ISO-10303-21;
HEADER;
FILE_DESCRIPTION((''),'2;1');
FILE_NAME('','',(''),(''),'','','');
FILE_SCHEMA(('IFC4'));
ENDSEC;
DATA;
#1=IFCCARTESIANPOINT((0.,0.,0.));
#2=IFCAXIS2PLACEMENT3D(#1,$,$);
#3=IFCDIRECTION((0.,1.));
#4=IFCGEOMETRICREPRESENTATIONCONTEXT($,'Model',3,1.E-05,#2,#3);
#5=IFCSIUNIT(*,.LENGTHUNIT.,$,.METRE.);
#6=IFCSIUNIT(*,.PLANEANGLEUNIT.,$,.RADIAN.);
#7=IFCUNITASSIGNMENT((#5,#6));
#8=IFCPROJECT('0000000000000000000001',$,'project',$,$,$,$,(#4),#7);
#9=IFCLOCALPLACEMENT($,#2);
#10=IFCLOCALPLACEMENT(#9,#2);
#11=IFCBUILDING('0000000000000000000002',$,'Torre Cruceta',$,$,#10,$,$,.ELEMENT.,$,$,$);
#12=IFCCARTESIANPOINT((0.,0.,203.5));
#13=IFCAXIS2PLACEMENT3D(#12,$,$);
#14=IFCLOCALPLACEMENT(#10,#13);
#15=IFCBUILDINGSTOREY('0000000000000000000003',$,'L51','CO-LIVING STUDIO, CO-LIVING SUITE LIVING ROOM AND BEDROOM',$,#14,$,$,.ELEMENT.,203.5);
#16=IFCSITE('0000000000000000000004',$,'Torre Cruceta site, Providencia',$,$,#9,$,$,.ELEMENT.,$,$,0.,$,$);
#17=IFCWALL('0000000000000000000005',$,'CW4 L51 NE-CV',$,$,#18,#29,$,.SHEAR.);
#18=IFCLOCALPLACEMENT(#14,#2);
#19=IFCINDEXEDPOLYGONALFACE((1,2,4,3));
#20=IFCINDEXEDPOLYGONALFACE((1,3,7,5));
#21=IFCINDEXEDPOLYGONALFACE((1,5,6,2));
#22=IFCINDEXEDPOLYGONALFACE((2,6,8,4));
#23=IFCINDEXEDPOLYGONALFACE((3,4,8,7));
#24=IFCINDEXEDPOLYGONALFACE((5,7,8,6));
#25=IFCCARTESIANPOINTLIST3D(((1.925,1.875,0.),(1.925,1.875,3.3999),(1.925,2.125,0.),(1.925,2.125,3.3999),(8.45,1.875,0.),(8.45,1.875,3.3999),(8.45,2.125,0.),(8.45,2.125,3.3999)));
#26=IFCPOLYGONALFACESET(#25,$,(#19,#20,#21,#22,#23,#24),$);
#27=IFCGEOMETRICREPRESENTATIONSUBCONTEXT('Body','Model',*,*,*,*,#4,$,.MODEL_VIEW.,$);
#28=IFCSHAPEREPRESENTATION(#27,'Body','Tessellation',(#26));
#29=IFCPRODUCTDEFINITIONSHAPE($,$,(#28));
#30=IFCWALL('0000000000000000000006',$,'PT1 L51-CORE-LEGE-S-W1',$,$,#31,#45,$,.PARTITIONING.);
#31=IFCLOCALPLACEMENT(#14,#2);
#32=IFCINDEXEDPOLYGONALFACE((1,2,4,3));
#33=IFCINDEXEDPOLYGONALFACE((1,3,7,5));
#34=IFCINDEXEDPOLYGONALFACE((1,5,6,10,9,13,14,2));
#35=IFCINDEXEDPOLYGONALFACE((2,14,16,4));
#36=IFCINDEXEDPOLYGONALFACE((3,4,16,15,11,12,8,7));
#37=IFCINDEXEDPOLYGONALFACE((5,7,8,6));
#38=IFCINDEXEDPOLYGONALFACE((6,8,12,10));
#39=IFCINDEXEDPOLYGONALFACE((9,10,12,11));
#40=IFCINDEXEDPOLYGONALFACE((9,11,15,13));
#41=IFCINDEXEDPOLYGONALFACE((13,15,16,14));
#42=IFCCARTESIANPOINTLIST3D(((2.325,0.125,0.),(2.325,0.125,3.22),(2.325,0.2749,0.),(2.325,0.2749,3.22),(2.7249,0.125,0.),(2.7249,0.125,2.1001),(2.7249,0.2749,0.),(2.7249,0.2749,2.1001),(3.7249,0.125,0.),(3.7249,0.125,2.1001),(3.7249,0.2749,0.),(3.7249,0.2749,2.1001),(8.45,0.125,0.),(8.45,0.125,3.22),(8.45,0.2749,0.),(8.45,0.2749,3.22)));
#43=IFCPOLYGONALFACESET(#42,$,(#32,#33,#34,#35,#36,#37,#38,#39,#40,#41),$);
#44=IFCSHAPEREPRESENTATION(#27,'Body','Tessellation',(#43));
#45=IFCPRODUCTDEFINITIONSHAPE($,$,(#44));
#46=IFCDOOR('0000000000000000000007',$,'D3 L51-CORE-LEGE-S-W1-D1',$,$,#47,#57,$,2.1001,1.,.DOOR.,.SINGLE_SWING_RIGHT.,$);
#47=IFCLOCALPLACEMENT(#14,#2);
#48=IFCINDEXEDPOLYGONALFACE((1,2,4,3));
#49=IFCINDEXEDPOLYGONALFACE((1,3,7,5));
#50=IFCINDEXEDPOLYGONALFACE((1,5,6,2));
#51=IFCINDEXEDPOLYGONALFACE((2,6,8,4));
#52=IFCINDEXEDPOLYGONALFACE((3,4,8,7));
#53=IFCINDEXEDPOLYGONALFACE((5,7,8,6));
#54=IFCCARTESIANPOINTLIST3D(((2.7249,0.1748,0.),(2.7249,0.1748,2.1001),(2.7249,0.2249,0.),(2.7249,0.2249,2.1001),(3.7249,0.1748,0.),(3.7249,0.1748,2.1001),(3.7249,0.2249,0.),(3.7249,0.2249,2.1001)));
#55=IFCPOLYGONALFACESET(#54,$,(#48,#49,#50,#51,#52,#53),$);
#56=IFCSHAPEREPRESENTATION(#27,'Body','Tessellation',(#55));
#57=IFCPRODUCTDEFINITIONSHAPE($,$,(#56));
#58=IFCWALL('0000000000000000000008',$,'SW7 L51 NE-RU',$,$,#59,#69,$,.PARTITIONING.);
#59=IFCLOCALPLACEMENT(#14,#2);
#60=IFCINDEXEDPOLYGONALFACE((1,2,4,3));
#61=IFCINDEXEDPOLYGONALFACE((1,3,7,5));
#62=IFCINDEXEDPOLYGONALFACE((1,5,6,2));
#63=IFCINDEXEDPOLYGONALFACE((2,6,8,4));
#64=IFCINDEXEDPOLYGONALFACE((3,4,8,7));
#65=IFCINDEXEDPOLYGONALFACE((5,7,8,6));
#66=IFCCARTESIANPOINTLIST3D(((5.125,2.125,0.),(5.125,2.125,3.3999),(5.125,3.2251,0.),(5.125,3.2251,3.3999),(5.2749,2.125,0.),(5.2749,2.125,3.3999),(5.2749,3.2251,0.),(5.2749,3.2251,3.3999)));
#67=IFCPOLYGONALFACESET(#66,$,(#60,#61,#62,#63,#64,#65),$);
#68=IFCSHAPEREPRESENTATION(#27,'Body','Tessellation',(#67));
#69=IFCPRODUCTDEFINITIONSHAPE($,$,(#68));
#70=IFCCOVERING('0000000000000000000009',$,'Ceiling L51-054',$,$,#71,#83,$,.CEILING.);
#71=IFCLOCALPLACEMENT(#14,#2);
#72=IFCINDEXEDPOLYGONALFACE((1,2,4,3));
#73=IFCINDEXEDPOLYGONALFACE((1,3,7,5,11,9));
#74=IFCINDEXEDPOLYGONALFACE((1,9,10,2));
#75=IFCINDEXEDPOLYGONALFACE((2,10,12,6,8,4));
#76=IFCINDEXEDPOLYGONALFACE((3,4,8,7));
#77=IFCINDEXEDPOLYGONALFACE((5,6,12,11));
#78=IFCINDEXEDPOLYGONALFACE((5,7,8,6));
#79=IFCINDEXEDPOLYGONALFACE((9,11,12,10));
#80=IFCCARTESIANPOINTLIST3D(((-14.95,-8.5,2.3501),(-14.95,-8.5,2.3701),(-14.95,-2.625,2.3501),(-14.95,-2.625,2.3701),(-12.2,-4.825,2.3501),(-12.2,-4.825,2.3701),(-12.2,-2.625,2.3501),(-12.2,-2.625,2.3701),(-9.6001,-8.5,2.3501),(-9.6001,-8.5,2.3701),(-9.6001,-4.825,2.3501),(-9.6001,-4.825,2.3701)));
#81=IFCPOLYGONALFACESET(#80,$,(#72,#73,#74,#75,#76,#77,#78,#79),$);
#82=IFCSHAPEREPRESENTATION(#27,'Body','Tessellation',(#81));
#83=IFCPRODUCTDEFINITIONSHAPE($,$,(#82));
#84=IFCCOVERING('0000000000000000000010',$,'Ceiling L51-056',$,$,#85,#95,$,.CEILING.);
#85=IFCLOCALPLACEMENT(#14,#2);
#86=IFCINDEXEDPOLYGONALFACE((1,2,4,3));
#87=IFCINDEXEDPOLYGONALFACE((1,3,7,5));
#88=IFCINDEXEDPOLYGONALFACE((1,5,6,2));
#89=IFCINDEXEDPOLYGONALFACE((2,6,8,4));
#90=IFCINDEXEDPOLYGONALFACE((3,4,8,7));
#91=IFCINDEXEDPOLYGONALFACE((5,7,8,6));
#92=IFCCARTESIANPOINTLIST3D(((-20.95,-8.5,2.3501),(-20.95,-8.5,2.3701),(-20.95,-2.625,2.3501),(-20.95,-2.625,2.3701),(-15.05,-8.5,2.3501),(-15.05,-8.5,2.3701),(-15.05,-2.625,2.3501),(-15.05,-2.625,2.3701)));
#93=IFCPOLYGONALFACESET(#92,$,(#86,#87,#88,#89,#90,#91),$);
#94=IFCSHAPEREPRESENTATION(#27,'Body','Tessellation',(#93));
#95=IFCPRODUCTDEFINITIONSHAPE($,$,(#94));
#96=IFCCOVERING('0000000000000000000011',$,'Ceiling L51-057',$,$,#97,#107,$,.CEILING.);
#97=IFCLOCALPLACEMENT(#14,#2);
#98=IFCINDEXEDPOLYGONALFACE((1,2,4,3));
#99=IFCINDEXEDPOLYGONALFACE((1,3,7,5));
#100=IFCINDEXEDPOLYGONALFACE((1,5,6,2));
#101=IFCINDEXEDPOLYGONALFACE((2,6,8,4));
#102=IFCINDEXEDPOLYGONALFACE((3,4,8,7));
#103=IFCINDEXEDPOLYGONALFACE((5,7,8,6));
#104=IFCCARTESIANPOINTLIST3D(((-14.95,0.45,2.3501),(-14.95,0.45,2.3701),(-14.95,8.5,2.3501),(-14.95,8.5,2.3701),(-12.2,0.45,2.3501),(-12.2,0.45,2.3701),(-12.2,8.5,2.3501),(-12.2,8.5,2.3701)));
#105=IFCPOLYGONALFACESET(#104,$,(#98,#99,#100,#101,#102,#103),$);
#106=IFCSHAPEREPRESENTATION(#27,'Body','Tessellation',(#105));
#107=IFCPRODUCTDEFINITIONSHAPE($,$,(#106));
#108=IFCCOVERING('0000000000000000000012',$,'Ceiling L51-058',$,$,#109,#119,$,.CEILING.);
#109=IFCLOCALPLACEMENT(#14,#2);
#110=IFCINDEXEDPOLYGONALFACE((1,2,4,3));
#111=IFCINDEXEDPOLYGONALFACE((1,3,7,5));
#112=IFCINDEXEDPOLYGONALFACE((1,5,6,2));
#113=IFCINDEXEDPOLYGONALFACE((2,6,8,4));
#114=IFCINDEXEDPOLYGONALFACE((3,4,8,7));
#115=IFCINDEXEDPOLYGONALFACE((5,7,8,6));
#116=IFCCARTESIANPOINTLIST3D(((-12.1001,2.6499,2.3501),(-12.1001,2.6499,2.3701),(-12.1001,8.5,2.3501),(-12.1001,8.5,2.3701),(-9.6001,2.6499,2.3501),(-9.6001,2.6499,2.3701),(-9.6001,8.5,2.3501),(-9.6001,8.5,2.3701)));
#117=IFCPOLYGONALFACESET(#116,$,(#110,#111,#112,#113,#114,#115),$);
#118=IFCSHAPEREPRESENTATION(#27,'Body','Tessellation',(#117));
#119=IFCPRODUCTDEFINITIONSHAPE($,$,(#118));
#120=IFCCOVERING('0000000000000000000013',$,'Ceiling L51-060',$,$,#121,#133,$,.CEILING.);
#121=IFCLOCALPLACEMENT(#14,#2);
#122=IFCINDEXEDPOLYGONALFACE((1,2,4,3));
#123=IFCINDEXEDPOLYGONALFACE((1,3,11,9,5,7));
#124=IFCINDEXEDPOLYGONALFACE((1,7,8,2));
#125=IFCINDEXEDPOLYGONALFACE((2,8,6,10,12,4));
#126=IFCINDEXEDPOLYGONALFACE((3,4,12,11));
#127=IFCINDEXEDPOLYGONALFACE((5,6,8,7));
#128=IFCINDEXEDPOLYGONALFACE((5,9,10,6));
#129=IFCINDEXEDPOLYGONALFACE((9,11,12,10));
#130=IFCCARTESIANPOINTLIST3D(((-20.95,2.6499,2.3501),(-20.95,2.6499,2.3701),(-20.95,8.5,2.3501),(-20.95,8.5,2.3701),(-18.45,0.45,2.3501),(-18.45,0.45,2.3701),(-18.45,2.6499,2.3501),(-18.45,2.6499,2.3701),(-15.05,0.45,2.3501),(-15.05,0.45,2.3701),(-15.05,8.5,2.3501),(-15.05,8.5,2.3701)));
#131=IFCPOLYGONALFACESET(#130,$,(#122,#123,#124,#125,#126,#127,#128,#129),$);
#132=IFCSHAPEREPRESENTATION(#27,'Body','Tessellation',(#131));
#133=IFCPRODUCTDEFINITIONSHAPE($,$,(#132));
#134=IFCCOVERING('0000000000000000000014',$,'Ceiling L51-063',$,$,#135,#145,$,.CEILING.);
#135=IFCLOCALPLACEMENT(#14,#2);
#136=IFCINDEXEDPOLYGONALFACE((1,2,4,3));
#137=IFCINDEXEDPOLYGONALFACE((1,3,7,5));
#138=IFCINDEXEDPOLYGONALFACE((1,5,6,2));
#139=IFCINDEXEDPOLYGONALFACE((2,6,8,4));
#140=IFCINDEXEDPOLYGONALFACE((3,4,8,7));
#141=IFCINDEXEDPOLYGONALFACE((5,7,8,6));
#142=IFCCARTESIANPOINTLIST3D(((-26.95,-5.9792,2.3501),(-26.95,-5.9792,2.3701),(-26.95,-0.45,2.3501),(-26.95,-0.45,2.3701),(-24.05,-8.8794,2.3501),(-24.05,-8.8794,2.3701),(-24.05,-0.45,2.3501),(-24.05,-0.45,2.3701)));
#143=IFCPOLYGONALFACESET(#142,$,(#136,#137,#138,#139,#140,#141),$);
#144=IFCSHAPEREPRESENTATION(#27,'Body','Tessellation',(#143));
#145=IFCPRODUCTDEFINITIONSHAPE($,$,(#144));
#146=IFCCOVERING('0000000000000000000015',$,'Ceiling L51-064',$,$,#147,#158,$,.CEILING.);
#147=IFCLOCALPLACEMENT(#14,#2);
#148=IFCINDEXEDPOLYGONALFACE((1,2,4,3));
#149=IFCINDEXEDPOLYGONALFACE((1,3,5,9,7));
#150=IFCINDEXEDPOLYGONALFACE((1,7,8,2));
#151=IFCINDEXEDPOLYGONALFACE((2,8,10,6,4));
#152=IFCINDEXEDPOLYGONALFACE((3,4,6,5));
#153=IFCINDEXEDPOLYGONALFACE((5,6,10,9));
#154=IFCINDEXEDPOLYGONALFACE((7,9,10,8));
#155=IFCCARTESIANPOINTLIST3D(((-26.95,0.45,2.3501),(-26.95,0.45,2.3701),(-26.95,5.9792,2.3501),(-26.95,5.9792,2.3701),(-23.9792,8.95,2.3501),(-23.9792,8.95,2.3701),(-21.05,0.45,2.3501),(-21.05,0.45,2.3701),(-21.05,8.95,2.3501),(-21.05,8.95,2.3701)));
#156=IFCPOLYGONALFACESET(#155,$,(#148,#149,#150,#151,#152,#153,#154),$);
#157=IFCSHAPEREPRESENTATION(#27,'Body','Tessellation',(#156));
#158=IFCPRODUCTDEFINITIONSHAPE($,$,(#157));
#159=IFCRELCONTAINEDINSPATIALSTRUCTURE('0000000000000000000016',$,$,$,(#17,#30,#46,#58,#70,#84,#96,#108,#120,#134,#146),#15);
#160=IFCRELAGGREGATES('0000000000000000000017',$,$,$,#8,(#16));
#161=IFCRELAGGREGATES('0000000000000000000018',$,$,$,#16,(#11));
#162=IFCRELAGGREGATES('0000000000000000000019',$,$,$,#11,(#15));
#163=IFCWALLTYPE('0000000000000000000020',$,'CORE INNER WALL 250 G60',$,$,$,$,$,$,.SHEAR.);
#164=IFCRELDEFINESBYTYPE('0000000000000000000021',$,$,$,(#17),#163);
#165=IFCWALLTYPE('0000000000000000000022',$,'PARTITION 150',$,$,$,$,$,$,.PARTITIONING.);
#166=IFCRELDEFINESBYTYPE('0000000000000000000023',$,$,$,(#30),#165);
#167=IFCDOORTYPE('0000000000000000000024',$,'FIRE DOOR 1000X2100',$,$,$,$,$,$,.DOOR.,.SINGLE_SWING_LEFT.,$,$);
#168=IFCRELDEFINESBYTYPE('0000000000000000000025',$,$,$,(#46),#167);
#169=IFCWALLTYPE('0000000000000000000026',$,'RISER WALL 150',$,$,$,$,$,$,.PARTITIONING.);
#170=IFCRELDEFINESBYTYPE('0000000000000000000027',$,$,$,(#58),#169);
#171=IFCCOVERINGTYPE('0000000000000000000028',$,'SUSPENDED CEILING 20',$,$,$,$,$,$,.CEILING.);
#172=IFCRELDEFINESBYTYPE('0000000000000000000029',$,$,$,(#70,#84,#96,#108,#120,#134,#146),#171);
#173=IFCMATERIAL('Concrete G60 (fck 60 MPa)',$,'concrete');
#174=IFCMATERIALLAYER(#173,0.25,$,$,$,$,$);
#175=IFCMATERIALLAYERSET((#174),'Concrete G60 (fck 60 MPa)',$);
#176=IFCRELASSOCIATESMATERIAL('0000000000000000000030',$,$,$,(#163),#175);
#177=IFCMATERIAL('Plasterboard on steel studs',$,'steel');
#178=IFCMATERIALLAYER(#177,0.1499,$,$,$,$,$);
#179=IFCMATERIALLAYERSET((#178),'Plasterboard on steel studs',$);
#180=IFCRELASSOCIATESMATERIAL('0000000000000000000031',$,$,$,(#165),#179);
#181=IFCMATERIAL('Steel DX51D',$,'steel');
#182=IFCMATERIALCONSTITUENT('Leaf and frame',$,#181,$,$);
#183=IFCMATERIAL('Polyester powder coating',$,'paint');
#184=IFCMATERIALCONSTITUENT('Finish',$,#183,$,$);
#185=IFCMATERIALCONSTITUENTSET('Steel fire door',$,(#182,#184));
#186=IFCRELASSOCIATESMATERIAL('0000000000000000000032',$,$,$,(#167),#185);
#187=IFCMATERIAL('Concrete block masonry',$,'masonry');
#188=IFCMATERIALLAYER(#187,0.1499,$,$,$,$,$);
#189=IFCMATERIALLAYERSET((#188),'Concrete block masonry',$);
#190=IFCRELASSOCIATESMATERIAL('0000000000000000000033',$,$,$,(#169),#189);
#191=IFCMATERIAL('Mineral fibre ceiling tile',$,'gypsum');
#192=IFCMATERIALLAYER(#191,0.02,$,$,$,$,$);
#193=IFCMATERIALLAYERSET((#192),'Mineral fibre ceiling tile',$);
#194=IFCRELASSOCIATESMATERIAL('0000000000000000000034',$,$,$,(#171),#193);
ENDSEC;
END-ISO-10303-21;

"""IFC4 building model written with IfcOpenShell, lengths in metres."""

from ifc_helpers import new_model, si_unit, direction, frame, frame_2d, origin, place, context, subcontext, project, spatial, polyline, rectangle, outline, extrude, material, layer, layer_set, constituent, constituent_set, type_object, element, fill, save


model = new_model("IFC4")

# Units and contexts
model_context = context("Model", 3, precision=1e-05, world=origin(), true_north=direction((0.0, 1.0)))
body_context = subcontext(model_context, "Body", "Model", "MODEL_VIEW")
ifc_project = project(units=[si_unit("LENGTHUNIT", "METRE"), si_unit("PLANEANGLEUNIT", "RADIAN")], contexts=[model_context])

# Site, building, storey
site_placement = place(None, origin())
site = spatial("IfcSite", under=ifc_project, at=site_placement, Name="Torre Cruceta site, Providencia", CompositionType="ELEMENT", RefElevation=0.0)
building_placement = place(site_placement, origin())
building = spatial("IfcBuilding", under=site, at=building_placement, Name="Torre Cruceta", CompositionType="ELEMENT")
storey_placement = place(building_placement, frame((0.0, 0.0, 203.5)))
storey = spatial("IfcBuildingStorey", under=building, at=storey_placement, Name="L51", Description="CO-LIVING STUDIO, CO-LIVING SUITE LIVING ROOM AND BEDROOM", CompositionType="ELEMENT", Elevation=203.5)

# Shared definitions
ifc_material_1 = material(Name="Concrete G60 (fck 60 MPa)", Category="concrete")
ifc_layer_1 = layer(ifc_material_1, 0.25)
ifc_layer_set_1 = layer_set([ifc_layer_1], Name="Concrete G60 (fck 60 MPa)")
wall_type_1 = type_object("IfcWallType", Name="CORE INNER WALL 250 G60", PredefinedType="SHEAR", material=ifc_layer_set_1)

# Wall
wall_1_placement = place(storey_placement, frame((1.925, 2.0, 0.0), z_axis=(0.0, 0.0, 1.0), x_axis=(1.0, 0.0, 0.0)))
element("IfcWall", 1, at=wall_1_placement, inside=storey, type_object=wall_type_1, Name="CW4 L51 NE-CV", PredefinedType="SHEAR", context=body_context, shape_type="SweptSolid", body=[
    extrude(rectangle(XDim=6.5249, YDim=0.25, at=frame_2d((3.2625, 0.0))), origin(), (0.0, 0.0, 1.0), 3.3999),
])

# Wall, opening, door
ifc_material_2 = material(Name="Plasterboard on steel studs", Category="steel")
ifc_layer_2 = layer(ifc_material_2, 0.1499)
ifc_layer_set_2 = layer_set([ifc_layer_2], Name="Plasterboard on steel studs")
wall_type_2 = type_object("IfcWallType", Name="PARTITION 150", PredefinedType="PARTITIONING", material=ifc_layer_set_2)
wall_2_placement = place(storey_placement, frame((2.325, 0.2, 0.0), z_axis=(0.0, 0.0, 1.0), x_axis=(1.0, 0.0, 0.0)))
wall_2 = element("IfcWall", 2, at=wall_2_placement, inside=storey, type_object=wall_type_2, Name="PT1 L51-CORE-LEGE-S-W1", PredefinedType="PARTITIONING", context=body_context, shape_type="SweptSolid", body=[
    extrude(rectangle(XDim=6.125, YDim=0.1499, at=frame_2d((3.0625, 0.0))), origin(), (0.0, 0.0, 1.0), 3.22),
])
opening_1_placement = place(wall_2_placement, frame((0.3999, 0.0, 0.0)))
opening_1 = element("IfcOpeningElement", 3, at=opening_1_placement, cuts=wall_2, PredefinedType="OPENING", context=body_context, shape_type="SweptSolid", body=[
    extrude(rectangle(XDim=1.0, YDim=2.1001, at=frame_2d((0.5, 1.05))), frame((0.0, 0.085, 0.0), z_axis=(0.0, -1.0, 0.0), x_axis=(1.0, 0.0, 0.0)), (0.0, 0.0, 1.0), 0.1699),
])
ifc_material_3 = material(Name="Steel DX51D", Category="steel")
ifc_constituent_1 = constituent(ifc_material_3, Name="Leaf and frame")
ifc_material_4 = material(Name="Polyester powder coating", Category="paint")
ifc_constituent_2 = constituent(ifc_material_4, Name="Finish")
ifc_constituent_set_1 = constituent_set(constituents=[ifc_constituent_1, ifc_constituent_2], Name="Steel fire door")
door_type_1 = type_object("IfcDoorType", Name="FIRE DOOR 1000X2100", OperationType="SINGLE_SWING_LEFT", PredefinedType="DOOR", material=ifc_constituent_set_1)
door_1_placement = place(opening_1_placement, frame((1.0, 0.0, 0.0), z_axis=(0.0, 0.0, 1.0), x_axis=(-1.0, 0.0, 0.0)))
door_1 = element("IfcDoor", 4, at=door_1_placement, inside=storey, type_object=door_type_1, Name="D3 L51-CORE-LEGE-S-W1-D1", OperationType="SINGLE_SWING_RIGHT", OverallHeight=2.1001, OverallWidth=1.0, PredefinedType="DOOR", context=body_context, shape_type="SweptSolid", body=[
    extrude(rectangle(XDim=1.0, YDim=2.1001, at=frame_2d((0.5, 1.05))), frame((0.0, 0.0251, 0.0), z_axis=(0.0, -1.0, 0.0), x_axis=(1.0, 0.0, 0.0)), (0.0, 0.0, 1.0), 0.05),
])
fill(opening_1, door_1)

# Wall
ifc_material_5 = material(Name="Concrete block masonry", Category="masonry")
ifc_layer_3 = layer(ifc_material_5, 0.1499)
ifc_layer_set_3 = layer_set([ifc_layer_3], Name="Concrete block masonry")
wall_type_3 = type_object("IfcWallType", Name="RISER WALL 150", PredefinedType="PARTITIONING", material=ifc_layer_set_3)
wall_3_placement = place(storey_placement, frame((5.2, 2.125, 0.0), z_axis=(0.0, 0.0, 1.0), x_axis=(0.0, 1.0, 0.0)))
element("IfcWall", 5, at=wall_3_placement, inside=storey, type_object=wall_type_3, Name="SW7 L51 NE-RU", PredefinedType="PARTITIONING", context=body_context, shape_type="SweptSolid", body=[
    extrude(rectangle(XDim=1.1001, YDim=0.1499, at=frame_2d((0.55, 0.0))), origin(), (0.0, 0.0, 1.0), 3.3999),
])

# Coverings
ifc_material_6 = material(Name="Mineral fibre ceiling tile", Category="gypsum")
ifc_layer_4 = layer(ifc_material_6, 0.02)
ifc_layer_set_4 = layer_set([ifc_layer_4], Name="Mineral fibre ceiling tile")
covering_type = type_object("IfcCoveringType", Name="SUSPENDED CEILING 20", PredefinedType="CEILING", material=ifc_layer_set_4)
covering_1_placement = place(storey_placement, frame((0.0, 0.0, 2.3501)))
element("IfcCovering", 6, at=covering_1_placement, inside=storey, type_object=covering_type, Name="Ceiling L51-054", PredefinedType="CEILING", context=body_context, shape_type="SweptSolid", body=[
    extrude(outline(polyline([(-9.6001, -8.5), (-14.95, -8.5), (-14.95, -2.625), (-12.2, -2.625), (-12.2, -4.825), (-9.6001, -4.825), (-9.6001, -8.5)])), origin(), (0.0, 0.0, 1.0), 0.02),
])
covering_2_placement = place(storey_placement, frame((0.0, 0.0, 2.3501)))
element("IfcCovering", 7, at=covering_2_placement, inside=storey, type_object=covering_type, Name="Ceiling L51-056", PredefinedType="CEILING", context=body_context, shape_type="SweptSolid", body=[
    extrude(outline(polyline([(-15.05, -2.625), (-15.05, -8.5), (-20.95, -8.5), (-20.95, -2.625), (-15.05, -2.625)])), origin(), (0.0, 0.0, 1.0), 0.02),
])
covering_3_placement = place(storey_placement, frame((0.0, 0.0, 2.3501)))
element("IfcCovering", 8, at=covering_3_placement, inside=storey, type_object=covering_type, Name="Ceiling L51-057", PredefinedType="CEILING", context=body_context, shape_type="SweptSolid", body=[
    extrude(outline(polyline([(-14.95, 8.5), (-12.2, 8.5), (-12.2, 0.45), (-14.95, 0.45), (-14.95, 8.5)])), origin(), (0.0, 0.0, 1.0), 0.02),
])
covering_4_placement = place(storey_placement, frame((0.0, 0.0, 2.3501)))
element("IfcCovering", 9, at=covering_4_placement, inside=storey, type_object=covering_type, Name="Ceiling L51-058", PredefinedType="CEILING", context=body_context, shape_type="SweptSolid", body=[
    extrude(outline(polyline([(-9.6001, 8.5), (-9.6001, 2.6499), (-12.1001, 2.6499), (-12.1001, 8.5), (-9.6001, 8.5)])), origin(), (0.0, 0.0, 1.0), 0.02),
])
covering_5_placement = place(storey_placement, frame((0.0, 0.0, 2.3501)))
element("IfcCovering", 10, at=covering_5_placement, inside=storey, type_object=covering_type, Name="Ceiling L51-060", PredefinedType="CEILING", context=body_context, shape_type="SweptSolid", body=[
    extrude(outline(polyline([(-20.95, 8.5), (-15.05, 8.5), (-15.05, 0.45), (-18.45, 0.45), (-18.45, 2.6499), (-20.95, 2.6499), (-20.95, 8.5)])), origin(), (0.0, 0.0, 1.0), 0.02),
])
covering_6_placement = place(storey_placement, frame((0.0, 0.0, 2.3501)))
element("IfcCovering", 11, at=covering_6_placement, inside=storey, type_object=covering_type, Name="Ceiling L51-063", PredefinedType="CEILING", context=body_context, shape_type="SweptSolid", body=[
    extrude(outline(polyline([(-26.95, -0.45), (-24.05, -0.45), (-24.05, -8.8794), (-26.95, -5.9792), (-26.95, -0.45)])), origin(), (0.0, 0.0, 1.0), 0.02),
])
covering_7_placement = place(storey_placement, frame((0.0, 0.0, 2.3501)))
element("IfcCovering", 12, at=covering_7_placement, inside=storey, type_object=covering_type, Name="Ceiling L51-064", PredefinedType="CEILING", context=body_context, shape_type="SweptSolid", body=[
    extrude(outline(polyline([(-23.9792, 8.95), (-21.05, 8.95), (-21.05, 0.45), (-26.95, 0.45), (-26.95, 5.9792), (-23.9792, 8.95)])), origin(), (0.0, 0.0, 1.0), 0.02),
])

save(model, "model.ifc")
